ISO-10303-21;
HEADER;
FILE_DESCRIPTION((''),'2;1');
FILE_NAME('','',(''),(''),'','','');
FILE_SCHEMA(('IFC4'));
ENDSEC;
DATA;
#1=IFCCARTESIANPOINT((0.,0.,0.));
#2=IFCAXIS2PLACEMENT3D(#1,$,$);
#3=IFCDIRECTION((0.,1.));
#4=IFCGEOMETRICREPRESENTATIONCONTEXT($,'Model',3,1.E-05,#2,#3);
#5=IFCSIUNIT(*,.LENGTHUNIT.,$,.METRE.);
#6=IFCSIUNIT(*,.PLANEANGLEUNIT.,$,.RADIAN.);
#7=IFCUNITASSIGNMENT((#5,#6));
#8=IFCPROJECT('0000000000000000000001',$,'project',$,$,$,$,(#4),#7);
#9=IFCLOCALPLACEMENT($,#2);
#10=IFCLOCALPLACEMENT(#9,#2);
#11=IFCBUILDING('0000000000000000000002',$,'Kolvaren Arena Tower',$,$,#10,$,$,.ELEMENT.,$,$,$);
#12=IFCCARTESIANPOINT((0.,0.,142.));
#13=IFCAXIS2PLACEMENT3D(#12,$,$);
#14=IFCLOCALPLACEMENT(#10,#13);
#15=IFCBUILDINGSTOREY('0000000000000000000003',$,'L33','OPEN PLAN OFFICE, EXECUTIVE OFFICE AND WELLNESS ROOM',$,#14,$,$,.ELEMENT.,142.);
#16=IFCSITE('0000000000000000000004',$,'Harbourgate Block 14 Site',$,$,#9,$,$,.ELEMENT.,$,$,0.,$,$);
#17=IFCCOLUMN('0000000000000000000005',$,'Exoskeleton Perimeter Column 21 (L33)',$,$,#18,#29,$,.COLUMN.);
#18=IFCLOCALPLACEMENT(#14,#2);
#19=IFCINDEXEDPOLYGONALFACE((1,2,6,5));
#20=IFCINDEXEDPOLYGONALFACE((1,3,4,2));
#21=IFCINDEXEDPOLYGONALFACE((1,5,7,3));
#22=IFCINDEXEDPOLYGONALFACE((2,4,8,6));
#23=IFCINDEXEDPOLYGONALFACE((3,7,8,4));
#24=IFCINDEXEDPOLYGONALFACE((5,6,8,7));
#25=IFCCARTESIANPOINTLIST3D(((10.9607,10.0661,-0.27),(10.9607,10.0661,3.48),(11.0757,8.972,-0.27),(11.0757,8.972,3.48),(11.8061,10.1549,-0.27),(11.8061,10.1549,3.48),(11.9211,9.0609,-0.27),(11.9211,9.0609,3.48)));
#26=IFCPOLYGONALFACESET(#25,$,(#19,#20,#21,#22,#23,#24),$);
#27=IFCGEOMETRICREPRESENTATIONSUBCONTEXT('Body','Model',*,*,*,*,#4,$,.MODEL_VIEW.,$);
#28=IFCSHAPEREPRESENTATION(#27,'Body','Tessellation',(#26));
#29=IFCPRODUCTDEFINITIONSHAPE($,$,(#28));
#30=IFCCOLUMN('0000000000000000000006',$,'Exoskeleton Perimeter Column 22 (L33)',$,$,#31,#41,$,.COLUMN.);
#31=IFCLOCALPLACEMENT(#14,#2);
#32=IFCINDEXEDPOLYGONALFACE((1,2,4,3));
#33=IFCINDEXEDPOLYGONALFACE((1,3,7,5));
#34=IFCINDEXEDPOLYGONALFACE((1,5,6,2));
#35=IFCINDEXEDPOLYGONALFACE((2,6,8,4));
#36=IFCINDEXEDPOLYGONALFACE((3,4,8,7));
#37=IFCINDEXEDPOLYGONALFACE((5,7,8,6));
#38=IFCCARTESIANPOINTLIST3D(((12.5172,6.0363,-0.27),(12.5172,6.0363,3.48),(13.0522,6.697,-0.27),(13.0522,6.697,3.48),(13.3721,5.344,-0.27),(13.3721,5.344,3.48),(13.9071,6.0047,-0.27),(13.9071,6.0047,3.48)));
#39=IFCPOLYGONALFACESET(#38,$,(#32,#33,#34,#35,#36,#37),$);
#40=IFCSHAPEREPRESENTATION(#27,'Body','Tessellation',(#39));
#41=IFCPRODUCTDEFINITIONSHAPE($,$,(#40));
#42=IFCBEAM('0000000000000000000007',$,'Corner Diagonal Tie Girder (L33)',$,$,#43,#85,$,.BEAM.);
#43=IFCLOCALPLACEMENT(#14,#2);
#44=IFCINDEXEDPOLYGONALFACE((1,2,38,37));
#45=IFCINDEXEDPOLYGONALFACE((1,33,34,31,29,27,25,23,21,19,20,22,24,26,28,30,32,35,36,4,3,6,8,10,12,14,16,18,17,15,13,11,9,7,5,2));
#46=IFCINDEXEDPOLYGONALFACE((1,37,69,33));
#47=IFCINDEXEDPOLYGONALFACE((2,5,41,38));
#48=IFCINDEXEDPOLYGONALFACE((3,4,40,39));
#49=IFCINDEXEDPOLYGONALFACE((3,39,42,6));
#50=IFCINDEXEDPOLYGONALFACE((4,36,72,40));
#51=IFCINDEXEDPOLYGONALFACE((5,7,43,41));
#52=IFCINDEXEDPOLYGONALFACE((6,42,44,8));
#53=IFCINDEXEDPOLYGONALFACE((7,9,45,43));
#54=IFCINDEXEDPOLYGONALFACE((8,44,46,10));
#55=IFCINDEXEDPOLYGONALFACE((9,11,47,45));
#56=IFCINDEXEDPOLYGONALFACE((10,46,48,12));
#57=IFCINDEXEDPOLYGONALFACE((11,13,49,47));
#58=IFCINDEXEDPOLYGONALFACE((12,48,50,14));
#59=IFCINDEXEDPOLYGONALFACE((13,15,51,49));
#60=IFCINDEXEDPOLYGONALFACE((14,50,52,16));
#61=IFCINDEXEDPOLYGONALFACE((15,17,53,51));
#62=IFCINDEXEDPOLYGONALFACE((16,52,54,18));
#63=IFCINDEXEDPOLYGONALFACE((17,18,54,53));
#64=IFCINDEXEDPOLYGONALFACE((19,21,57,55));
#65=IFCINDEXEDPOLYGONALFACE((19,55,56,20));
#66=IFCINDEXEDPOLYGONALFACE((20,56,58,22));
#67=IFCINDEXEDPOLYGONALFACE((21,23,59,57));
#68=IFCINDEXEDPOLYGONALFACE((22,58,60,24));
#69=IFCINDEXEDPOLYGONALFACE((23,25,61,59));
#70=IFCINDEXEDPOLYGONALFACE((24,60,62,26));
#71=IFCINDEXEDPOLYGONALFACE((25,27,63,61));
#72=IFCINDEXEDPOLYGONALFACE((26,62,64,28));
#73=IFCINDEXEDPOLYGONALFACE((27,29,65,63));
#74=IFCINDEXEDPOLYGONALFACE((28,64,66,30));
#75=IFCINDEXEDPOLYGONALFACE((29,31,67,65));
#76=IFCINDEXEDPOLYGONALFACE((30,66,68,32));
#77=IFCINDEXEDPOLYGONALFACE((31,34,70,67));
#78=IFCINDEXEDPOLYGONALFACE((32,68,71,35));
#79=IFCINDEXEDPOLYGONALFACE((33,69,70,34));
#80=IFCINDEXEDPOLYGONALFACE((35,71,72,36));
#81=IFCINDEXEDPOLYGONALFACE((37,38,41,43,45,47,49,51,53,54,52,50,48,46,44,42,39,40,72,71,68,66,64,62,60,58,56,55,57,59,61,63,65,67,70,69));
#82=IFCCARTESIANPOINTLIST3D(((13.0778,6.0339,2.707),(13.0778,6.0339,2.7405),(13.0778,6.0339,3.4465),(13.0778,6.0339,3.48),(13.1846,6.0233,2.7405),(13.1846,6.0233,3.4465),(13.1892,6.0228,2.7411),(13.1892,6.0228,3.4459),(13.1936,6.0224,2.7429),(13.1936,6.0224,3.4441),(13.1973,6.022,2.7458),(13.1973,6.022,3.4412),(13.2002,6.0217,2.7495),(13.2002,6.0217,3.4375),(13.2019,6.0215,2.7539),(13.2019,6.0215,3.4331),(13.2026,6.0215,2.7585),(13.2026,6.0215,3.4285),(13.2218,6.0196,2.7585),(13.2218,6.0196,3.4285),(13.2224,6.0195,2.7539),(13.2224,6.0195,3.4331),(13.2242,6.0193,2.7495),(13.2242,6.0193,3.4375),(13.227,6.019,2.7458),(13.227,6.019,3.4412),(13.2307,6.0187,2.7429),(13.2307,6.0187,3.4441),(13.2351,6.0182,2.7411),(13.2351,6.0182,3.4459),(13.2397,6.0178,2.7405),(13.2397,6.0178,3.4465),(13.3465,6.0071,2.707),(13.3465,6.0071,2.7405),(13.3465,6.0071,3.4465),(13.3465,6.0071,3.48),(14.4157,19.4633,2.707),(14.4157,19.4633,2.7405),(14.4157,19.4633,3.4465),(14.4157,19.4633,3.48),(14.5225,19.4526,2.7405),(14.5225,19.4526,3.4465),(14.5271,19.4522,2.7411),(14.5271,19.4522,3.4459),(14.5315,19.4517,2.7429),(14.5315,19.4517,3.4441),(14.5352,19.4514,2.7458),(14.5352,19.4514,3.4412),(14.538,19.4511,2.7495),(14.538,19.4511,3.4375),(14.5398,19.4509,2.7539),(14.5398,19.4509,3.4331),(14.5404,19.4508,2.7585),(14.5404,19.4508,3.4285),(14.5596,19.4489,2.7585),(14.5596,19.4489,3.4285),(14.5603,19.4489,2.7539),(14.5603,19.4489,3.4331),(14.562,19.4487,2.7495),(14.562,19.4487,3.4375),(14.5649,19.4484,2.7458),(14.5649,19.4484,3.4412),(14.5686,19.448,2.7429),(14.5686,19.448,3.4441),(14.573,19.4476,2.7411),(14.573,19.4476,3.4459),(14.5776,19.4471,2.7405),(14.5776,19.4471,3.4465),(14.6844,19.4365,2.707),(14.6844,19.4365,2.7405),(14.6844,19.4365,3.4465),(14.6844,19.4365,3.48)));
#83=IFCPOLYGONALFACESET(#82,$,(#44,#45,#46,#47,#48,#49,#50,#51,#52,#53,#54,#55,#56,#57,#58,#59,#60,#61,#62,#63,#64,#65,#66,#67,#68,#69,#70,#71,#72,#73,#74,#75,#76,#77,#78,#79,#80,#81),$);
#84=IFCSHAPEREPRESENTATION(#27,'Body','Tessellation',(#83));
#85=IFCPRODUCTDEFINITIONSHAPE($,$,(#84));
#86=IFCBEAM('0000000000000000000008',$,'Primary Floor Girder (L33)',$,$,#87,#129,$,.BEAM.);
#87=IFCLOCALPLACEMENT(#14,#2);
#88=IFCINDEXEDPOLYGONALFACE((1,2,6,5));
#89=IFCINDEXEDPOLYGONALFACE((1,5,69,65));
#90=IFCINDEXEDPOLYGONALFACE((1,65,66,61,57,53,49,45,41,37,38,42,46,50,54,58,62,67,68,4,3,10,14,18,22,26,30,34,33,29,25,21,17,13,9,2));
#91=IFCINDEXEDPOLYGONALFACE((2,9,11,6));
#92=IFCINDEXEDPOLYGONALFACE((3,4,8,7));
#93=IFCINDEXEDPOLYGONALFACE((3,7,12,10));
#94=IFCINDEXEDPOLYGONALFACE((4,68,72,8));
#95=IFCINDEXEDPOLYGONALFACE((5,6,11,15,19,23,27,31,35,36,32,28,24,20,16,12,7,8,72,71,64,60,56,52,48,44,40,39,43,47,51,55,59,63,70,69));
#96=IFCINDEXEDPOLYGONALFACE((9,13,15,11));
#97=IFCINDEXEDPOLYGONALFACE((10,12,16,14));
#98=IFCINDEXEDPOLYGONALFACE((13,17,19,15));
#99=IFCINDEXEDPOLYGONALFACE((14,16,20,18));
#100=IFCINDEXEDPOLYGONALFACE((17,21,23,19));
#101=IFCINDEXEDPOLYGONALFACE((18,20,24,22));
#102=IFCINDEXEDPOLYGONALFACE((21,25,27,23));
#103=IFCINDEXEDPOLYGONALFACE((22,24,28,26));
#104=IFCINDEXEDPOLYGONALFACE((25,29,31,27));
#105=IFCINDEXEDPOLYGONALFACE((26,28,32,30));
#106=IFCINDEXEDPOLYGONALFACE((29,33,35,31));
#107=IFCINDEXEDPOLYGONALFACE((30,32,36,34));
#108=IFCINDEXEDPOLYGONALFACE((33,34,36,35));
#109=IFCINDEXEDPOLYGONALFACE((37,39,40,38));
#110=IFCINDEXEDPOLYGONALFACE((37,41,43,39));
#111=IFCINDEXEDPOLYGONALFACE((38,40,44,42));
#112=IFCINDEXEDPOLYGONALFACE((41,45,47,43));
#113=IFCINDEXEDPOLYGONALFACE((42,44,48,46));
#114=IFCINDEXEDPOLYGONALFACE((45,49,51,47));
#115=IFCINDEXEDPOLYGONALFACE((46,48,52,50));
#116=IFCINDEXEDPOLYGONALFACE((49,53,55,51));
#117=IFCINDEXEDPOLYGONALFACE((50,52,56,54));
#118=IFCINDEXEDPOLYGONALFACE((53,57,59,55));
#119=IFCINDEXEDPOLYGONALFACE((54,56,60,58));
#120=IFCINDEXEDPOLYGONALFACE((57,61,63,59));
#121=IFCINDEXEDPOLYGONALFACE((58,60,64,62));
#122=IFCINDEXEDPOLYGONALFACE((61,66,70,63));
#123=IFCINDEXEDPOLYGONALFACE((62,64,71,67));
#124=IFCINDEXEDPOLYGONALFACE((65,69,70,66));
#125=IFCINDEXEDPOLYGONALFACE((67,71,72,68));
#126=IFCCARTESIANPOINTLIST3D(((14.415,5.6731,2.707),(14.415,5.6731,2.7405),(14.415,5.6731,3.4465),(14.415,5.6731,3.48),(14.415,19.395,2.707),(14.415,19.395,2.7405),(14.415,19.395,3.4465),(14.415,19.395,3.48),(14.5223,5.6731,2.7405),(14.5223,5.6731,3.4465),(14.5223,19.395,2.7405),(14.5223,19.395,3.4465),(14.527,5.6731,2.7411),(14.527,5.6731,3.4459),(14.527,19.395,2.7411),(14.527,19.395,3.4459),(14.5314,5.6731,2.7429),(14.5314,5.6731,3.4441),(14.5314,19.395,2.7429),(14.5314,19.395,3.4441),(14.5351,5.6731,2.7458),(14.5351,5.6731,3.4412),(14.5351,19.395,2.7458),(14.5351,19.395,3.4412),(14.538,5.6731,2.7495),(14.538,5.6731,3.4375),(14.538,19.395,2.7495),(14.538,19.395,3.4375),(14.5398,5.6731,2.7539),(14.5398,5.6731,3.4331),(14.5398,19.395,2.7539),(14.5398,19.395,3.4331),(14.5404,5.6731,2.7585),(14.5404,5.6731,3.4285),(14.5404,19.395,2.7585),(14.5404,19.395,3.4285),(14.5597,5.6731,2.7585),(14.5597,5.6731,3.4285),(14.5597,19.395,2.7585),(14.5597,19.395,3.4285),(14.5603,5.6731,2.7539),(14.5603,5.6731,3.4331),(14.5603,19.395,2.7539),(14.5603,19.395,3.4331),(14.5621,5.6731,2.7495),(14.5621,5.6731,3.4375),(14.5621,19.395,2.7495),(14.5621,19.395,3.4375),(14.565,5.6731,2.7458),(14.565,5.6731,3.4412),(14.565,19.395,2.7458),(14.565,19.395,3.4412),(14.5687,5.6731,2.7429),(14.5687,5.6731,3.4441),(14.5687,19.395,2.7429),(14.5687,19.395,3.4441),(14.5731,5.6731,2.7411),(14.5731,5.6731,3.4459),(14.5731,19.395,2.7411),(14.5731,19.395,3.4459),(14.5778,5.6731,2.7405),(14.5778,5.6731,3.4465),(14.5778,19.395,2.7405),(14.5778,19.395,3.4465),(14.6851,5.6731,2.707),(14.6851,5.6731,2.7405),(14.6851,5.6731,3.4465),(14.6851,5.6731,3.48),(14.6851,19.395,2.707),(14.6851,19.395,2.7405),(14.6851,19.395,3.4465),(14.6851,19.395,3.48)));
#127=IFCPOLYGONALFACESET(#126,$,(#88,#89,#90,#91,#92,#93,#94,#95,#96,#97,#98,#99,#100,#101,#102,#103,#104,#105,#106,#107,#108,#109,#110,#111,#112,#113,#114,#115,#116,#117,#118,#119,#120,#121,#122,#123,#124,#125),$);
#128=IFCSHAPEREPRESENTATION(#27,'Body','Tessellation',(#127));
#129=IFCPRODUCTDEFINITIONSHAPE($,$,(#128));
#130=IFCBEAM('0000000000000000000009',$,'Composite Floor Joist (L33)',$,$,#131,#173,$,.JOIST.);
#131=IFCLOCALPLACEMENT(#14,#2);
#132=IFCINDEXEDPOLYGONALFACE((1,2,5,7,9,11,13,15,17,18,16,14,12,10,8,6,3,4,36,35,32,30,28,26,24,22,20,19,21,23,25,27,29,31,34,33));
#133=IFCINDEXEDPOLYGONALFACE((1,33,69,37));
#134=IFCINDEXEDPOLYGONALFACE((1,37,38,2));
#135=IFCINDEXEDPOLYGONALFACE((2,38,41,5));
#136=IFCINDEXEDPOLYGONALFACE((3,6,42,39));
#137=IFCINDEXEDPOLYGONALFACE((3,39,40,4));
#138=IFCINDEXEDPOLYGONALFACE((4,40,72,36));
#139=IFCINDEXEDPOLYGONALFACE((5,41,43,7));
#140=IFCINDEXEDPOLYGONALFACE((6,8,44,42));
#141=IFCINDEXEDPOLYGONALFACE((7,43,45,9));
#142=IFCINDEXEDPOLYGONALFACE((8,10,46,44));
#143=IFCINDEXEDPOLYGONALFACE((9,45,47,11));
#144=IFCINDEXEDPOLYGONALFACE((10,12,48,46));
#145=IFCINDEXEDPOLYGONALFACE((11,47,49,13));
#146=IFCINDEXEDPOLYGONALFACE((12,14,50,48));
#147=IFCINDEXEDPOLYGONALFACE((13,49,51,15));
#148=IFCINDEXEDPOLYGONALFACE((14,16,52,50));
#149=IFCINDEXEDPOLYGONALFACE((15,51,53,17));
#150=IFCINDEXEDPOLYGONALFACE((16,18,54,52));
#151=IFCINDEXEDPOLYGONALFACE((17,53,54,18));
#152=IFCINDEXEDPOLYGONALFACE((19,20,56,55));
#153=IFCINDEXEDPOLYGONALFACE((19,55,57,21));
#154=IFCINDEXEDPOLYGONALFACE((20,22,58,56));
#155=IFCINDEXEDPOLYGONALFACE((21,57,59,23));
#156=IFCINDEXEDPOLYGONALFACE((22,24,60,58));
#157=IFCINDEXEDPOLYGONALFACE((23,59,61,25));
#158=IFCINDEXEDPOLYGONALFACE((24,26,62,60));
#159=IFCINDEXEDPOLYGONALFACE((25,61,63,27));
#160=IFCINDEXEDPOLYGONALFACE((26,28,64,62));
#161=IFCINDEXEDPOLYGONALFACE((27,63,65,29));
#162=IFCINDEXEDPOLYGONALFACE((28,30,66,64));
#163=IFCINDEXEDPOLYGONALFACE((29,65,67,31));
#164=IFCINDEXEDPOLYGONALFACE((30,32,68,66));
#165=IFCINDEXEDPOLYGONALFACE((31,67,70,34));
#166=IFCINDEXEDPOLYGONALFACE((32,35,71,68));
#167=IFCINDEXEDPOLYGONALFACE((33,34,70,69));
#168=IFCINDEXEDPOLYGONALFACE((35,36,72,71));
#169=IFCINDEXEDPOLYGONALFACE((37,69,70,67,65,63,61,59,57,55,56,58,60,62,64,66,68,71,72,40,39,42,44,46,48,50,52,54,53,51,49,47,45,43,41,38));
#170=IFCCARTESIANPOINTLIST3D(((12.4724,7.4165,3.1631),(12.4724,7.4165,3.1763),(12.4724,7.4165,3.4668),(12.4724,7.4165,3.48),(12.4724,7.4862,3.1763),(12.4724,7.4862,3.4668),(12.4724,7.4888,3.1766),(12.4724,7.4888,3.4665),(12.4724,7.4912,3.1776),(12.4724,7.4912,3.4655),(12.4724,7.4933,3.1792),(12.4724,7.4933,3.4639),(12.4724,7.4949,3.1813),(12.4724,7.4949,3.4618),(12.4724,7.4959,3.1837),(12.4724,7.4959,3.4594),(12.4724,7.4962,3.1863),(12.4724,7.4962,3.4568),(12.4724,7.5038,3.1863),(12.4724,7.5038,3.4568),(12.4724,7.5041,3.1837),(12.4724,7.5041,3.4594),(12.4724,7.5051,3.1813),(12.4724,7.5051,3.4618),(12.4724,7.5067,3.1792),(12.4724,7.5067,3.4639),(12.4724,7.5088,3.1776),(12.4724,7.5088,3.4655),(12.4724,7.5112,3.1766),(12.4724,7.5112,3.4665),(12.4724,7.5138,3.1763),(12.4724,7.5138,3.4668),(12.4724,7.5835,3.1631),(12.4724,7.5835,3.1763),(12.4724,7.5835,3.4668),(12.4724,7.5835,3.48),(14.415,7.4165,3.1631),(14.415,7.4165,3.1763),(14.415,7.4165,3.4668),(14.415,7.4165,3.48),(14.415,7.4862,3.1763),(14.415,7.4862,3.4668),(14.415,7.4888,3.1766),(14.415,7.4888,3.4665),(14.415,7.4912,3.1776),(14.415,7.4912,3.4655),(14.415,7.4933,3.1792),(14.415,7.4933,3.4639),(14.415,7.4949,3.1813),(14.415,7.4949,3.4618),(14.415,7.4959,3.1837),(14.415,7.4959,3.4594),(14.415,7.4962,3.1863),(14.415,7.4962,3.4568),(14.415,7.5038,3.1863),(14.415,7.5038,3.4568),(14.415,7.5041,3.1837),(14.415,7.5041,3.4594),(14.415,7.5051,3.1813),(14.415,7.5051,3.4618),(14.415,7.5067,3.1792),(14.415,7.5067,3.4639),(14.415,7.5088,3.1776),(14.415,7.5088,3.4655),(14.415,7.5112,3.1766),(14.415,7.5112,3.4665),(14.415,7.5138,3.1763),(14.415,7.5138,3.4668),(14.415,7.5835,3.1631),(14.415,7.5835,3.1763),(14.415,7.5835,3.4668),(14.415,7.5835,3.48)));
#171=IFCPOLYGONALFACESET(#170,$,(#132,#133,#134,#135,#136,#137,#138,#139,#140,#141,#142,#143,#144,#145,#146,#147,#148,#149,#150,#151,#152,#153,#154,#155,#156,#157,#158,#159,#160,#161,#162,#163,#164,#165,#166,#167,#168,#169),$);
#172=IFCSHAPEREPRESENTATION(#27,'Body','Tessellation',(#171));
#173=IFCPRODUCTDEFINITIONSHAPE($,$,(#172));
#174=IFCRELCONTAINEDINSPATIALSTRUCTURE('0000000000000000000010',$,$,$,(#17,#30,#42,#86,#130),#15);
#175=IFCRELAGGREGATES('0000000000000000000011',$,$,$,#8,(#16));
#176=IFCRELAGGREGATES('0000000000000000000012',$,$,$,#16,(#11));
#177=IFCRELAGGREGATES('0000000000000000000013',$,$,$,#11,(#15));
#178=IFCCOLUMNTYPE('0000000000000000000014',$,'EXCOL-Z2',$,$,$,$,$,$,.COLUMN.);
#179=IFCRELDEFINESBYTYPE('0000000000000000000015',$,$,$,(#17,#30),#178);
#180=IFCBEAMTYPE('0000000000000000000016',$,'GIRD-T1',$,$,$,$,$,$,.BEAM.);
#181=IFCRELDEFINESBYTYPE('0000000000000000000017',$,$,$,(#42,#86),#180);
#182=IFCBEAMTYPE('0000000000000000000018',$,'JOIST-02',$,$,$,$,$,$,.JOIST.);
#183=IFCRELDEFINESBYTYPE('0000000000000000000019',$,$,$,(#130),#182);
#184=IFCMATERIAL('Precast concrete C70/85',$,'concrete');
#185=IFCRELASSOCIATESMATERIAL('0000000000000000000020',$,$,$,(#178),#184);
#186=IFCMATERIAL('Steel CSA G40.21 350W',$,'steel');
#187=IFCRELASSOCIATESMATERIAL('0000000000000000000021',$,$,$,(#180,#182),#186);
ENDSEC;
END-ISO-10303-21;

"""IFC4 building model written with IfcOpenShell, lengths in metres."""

from ifc_helpers import new_model, si_unit, direction, frame, origin, origin_2d, place, context, subcontext, project, spatial, rectangle, i_section, extrude, material, material_profile, profile_set, type_object, element, save


model = new_model("IFC4")

# Units and contexts
model_context = context("Model", 3, precision=1e-05, world=origin(), true_north=direction((0.0, 1.0)))
body_context = subcontext(model_context, "Body", "Model", "MODEL_VIEW")
ifc_project = project(units=[si_unit("LENGTHUNIT", "METRE"), si_unit("PLANEANGLEUNIT", "RADIAN")], contexts=[model_context])

# Site, building, storey
site_placement = place(None, origin())
site = spatial("IfcSite", under=ifc_project, at=site_placement, Name="Harbourgate Block 14 Site", CompositionType="ELEMENT", RefElevation=0.0)
building_placement = place(site_placement, origin())
building = spatial("IfcBuilding", under=site, at=building_placement, Name="Kolvaren Arena Tower", CompositionType="ELEMENT")
storey_placement = place(building_placement, frame((0.0, 0.0, 142.0)))
storey = spatial("IfcBuildingStorey", under=building, at=storey_placement, Name="L33", Description="OPEN PLAN OFFICE, EXECUTIVE OFFICE AND WELLNESS ROOM", CompositionType="ELEMENT", Elevation=142.0)

# Columns
ifc_material_1 = material(Name="Precast concrete C70/85", Category="concrete")
ifc_material_profile_1 = material_profile(ifc_material_1, rectangle(XDim=1.1001, YDim=0.8501, at=origin_2d()), Name="RC-1100x850")
ifc_profile_set_1 = profile_set([ifc_material_profile_1], Name="Precast concrete C70/85")
column_type = type_object("IfcColumnType", Name="EXCOL-Z2", PredefinedType="COLUMN", material=ifc_profile_set_1)
for number, where, z_axis, x_axis, name in (
    (1, (11.4409, 9.5635, -0.27), (0.0, 0.0, 1.0), (-0.104528, 0.994522, 0.0), "Exoskeleton Perimeter Column 21 (L33)"),
    (2, (13.2122, 6.0205, -0.27), (0.0, 0.0, 1.0), (-0.777146, 0.62932, 0.0), "Exoskeleton Perimeter Column 22 (L33)"),
):
    element("IfcColumn", number, at=place(storey_placement, frame(where, z_axis=z_axis, x_axis=x_axis)), inside=storey, type_object=column_type, Name=name, PredefinedType="COLUMN", context=body_context, shape_type="SweptSolid", body=[
        extrude(rectangle(XDim=1.1001, YDim=0.8501, at=origin_2d()), origin(), (0.0, 0.0, 1.0), 3.75),
    ])

# Beams
ifc_material_2 = material(Name="Steel CSA G40.21 350W", Category="steel")
ifc_material_profile_2 = material_profile(ifc_material_2, i_section(OverallWidth=0.27, OverallDepth=0.7729, WebThickness=0.0193, FlangeThickness=0.0334, FilletRadius=0.0181, at=origin_2d()), Name="W760x257")
ifc_profile_set_2 = profile_set([ifc_material_profile_2], Name="Steel CSA G40.21 350W")
beam_type_1 = type_object("IfcBeamType", Name="GIRD-T1", PredefinedType="BEAM", material=ifc_profile_set_2)
beam_1_placement = place(storey_placement, frame((13.2122, 6.0205, 3.0935), z_axis=(0.099133, 0.995074, 0.0), x_axis=(-0.995074, 0.099133, 0.0)))
element("IfcBeam", 3, at=beam_1_placement, inside=storey, type_object=beam_type_1, Name="Corner Diagonal Tie Girder (L33)", PredefinedType="BEAM", context=body_context, shape_type="SweptSolid", body=[
    extrude(i_section(OverallWidth=0.27, OverallDepth=0.7729, WebThickness=0.0193, FlangeThickness=0.0334, FilletRadius=0.0181, at=origin_2d()), origin(), (0.0, 0.0, 1.0), 13.4958),
])
beam_2_placement = place(storey_placement, frame((14.55, 5.6731, 3.0935), z_axis=(0.0, 1.0, 0.0), x_axis=(-1.0, 0.0, 0.0)))
element("IfcBeam", 4, at=beam_2_placement, inside=storey, type_object=beam_type_1, Name="Primary Floor Girder (L33)", PredefinedType="BEAM", context=body_context, shape_type="SweptSolid", body=[
    extrude(i_section(OverallWidth=0.27, OverallDepth=0.7729, WebThickness=0.0193, FlangeThickness=0.0334, FilletRadius=0.0181, at=origin_2d()), origin(), (0.0, 0.0, 1.0), 13.7219),
])
ifc_material_profile_3 = material_profile(ifc_material_2, i_section(OverallWidth=0.167, OverallDepth=0.3169, WebThickness=0.0076, FlangeThickness=0.0132, FilletRadius=0.01, at=origin_2d()), Name="W310x52")
ifc_profile_set_3 = profile_set([ifc_material_profile_3], Name="Steel CSA G40.21 350W")
beam_type_2 = type_object("IfcBeamType", Name="JOIST-02", PredefinedType="JOIST", material=ifc_profile_set_3)
beam_3_placement = place(storey_placement, frame((12.4724, 7.5, 3.3215), z_axis=(1.0, 0.0, 0.0), x_axis=(0.0, 1.0, 0.0)))
element("IfcBeam", 5, at=beam_3_placement, inside=storey, type_object=beam_type_2, Name="Composite Floor Joist (L33)", PredefinedType="JOIST", context=body_context, shape_type="SweptSolid", body=[
    extrude(i_section(OverallWidth=0.167, OverallDepth=0.3169, WebThickness=0.0076, FlangeThickness=0.0132, FilletRadius=0.01, at=origin_2d()), origin(), (0.0, 0.0, 1.0), 1.9426),
])

save(model, "model.ifc")
